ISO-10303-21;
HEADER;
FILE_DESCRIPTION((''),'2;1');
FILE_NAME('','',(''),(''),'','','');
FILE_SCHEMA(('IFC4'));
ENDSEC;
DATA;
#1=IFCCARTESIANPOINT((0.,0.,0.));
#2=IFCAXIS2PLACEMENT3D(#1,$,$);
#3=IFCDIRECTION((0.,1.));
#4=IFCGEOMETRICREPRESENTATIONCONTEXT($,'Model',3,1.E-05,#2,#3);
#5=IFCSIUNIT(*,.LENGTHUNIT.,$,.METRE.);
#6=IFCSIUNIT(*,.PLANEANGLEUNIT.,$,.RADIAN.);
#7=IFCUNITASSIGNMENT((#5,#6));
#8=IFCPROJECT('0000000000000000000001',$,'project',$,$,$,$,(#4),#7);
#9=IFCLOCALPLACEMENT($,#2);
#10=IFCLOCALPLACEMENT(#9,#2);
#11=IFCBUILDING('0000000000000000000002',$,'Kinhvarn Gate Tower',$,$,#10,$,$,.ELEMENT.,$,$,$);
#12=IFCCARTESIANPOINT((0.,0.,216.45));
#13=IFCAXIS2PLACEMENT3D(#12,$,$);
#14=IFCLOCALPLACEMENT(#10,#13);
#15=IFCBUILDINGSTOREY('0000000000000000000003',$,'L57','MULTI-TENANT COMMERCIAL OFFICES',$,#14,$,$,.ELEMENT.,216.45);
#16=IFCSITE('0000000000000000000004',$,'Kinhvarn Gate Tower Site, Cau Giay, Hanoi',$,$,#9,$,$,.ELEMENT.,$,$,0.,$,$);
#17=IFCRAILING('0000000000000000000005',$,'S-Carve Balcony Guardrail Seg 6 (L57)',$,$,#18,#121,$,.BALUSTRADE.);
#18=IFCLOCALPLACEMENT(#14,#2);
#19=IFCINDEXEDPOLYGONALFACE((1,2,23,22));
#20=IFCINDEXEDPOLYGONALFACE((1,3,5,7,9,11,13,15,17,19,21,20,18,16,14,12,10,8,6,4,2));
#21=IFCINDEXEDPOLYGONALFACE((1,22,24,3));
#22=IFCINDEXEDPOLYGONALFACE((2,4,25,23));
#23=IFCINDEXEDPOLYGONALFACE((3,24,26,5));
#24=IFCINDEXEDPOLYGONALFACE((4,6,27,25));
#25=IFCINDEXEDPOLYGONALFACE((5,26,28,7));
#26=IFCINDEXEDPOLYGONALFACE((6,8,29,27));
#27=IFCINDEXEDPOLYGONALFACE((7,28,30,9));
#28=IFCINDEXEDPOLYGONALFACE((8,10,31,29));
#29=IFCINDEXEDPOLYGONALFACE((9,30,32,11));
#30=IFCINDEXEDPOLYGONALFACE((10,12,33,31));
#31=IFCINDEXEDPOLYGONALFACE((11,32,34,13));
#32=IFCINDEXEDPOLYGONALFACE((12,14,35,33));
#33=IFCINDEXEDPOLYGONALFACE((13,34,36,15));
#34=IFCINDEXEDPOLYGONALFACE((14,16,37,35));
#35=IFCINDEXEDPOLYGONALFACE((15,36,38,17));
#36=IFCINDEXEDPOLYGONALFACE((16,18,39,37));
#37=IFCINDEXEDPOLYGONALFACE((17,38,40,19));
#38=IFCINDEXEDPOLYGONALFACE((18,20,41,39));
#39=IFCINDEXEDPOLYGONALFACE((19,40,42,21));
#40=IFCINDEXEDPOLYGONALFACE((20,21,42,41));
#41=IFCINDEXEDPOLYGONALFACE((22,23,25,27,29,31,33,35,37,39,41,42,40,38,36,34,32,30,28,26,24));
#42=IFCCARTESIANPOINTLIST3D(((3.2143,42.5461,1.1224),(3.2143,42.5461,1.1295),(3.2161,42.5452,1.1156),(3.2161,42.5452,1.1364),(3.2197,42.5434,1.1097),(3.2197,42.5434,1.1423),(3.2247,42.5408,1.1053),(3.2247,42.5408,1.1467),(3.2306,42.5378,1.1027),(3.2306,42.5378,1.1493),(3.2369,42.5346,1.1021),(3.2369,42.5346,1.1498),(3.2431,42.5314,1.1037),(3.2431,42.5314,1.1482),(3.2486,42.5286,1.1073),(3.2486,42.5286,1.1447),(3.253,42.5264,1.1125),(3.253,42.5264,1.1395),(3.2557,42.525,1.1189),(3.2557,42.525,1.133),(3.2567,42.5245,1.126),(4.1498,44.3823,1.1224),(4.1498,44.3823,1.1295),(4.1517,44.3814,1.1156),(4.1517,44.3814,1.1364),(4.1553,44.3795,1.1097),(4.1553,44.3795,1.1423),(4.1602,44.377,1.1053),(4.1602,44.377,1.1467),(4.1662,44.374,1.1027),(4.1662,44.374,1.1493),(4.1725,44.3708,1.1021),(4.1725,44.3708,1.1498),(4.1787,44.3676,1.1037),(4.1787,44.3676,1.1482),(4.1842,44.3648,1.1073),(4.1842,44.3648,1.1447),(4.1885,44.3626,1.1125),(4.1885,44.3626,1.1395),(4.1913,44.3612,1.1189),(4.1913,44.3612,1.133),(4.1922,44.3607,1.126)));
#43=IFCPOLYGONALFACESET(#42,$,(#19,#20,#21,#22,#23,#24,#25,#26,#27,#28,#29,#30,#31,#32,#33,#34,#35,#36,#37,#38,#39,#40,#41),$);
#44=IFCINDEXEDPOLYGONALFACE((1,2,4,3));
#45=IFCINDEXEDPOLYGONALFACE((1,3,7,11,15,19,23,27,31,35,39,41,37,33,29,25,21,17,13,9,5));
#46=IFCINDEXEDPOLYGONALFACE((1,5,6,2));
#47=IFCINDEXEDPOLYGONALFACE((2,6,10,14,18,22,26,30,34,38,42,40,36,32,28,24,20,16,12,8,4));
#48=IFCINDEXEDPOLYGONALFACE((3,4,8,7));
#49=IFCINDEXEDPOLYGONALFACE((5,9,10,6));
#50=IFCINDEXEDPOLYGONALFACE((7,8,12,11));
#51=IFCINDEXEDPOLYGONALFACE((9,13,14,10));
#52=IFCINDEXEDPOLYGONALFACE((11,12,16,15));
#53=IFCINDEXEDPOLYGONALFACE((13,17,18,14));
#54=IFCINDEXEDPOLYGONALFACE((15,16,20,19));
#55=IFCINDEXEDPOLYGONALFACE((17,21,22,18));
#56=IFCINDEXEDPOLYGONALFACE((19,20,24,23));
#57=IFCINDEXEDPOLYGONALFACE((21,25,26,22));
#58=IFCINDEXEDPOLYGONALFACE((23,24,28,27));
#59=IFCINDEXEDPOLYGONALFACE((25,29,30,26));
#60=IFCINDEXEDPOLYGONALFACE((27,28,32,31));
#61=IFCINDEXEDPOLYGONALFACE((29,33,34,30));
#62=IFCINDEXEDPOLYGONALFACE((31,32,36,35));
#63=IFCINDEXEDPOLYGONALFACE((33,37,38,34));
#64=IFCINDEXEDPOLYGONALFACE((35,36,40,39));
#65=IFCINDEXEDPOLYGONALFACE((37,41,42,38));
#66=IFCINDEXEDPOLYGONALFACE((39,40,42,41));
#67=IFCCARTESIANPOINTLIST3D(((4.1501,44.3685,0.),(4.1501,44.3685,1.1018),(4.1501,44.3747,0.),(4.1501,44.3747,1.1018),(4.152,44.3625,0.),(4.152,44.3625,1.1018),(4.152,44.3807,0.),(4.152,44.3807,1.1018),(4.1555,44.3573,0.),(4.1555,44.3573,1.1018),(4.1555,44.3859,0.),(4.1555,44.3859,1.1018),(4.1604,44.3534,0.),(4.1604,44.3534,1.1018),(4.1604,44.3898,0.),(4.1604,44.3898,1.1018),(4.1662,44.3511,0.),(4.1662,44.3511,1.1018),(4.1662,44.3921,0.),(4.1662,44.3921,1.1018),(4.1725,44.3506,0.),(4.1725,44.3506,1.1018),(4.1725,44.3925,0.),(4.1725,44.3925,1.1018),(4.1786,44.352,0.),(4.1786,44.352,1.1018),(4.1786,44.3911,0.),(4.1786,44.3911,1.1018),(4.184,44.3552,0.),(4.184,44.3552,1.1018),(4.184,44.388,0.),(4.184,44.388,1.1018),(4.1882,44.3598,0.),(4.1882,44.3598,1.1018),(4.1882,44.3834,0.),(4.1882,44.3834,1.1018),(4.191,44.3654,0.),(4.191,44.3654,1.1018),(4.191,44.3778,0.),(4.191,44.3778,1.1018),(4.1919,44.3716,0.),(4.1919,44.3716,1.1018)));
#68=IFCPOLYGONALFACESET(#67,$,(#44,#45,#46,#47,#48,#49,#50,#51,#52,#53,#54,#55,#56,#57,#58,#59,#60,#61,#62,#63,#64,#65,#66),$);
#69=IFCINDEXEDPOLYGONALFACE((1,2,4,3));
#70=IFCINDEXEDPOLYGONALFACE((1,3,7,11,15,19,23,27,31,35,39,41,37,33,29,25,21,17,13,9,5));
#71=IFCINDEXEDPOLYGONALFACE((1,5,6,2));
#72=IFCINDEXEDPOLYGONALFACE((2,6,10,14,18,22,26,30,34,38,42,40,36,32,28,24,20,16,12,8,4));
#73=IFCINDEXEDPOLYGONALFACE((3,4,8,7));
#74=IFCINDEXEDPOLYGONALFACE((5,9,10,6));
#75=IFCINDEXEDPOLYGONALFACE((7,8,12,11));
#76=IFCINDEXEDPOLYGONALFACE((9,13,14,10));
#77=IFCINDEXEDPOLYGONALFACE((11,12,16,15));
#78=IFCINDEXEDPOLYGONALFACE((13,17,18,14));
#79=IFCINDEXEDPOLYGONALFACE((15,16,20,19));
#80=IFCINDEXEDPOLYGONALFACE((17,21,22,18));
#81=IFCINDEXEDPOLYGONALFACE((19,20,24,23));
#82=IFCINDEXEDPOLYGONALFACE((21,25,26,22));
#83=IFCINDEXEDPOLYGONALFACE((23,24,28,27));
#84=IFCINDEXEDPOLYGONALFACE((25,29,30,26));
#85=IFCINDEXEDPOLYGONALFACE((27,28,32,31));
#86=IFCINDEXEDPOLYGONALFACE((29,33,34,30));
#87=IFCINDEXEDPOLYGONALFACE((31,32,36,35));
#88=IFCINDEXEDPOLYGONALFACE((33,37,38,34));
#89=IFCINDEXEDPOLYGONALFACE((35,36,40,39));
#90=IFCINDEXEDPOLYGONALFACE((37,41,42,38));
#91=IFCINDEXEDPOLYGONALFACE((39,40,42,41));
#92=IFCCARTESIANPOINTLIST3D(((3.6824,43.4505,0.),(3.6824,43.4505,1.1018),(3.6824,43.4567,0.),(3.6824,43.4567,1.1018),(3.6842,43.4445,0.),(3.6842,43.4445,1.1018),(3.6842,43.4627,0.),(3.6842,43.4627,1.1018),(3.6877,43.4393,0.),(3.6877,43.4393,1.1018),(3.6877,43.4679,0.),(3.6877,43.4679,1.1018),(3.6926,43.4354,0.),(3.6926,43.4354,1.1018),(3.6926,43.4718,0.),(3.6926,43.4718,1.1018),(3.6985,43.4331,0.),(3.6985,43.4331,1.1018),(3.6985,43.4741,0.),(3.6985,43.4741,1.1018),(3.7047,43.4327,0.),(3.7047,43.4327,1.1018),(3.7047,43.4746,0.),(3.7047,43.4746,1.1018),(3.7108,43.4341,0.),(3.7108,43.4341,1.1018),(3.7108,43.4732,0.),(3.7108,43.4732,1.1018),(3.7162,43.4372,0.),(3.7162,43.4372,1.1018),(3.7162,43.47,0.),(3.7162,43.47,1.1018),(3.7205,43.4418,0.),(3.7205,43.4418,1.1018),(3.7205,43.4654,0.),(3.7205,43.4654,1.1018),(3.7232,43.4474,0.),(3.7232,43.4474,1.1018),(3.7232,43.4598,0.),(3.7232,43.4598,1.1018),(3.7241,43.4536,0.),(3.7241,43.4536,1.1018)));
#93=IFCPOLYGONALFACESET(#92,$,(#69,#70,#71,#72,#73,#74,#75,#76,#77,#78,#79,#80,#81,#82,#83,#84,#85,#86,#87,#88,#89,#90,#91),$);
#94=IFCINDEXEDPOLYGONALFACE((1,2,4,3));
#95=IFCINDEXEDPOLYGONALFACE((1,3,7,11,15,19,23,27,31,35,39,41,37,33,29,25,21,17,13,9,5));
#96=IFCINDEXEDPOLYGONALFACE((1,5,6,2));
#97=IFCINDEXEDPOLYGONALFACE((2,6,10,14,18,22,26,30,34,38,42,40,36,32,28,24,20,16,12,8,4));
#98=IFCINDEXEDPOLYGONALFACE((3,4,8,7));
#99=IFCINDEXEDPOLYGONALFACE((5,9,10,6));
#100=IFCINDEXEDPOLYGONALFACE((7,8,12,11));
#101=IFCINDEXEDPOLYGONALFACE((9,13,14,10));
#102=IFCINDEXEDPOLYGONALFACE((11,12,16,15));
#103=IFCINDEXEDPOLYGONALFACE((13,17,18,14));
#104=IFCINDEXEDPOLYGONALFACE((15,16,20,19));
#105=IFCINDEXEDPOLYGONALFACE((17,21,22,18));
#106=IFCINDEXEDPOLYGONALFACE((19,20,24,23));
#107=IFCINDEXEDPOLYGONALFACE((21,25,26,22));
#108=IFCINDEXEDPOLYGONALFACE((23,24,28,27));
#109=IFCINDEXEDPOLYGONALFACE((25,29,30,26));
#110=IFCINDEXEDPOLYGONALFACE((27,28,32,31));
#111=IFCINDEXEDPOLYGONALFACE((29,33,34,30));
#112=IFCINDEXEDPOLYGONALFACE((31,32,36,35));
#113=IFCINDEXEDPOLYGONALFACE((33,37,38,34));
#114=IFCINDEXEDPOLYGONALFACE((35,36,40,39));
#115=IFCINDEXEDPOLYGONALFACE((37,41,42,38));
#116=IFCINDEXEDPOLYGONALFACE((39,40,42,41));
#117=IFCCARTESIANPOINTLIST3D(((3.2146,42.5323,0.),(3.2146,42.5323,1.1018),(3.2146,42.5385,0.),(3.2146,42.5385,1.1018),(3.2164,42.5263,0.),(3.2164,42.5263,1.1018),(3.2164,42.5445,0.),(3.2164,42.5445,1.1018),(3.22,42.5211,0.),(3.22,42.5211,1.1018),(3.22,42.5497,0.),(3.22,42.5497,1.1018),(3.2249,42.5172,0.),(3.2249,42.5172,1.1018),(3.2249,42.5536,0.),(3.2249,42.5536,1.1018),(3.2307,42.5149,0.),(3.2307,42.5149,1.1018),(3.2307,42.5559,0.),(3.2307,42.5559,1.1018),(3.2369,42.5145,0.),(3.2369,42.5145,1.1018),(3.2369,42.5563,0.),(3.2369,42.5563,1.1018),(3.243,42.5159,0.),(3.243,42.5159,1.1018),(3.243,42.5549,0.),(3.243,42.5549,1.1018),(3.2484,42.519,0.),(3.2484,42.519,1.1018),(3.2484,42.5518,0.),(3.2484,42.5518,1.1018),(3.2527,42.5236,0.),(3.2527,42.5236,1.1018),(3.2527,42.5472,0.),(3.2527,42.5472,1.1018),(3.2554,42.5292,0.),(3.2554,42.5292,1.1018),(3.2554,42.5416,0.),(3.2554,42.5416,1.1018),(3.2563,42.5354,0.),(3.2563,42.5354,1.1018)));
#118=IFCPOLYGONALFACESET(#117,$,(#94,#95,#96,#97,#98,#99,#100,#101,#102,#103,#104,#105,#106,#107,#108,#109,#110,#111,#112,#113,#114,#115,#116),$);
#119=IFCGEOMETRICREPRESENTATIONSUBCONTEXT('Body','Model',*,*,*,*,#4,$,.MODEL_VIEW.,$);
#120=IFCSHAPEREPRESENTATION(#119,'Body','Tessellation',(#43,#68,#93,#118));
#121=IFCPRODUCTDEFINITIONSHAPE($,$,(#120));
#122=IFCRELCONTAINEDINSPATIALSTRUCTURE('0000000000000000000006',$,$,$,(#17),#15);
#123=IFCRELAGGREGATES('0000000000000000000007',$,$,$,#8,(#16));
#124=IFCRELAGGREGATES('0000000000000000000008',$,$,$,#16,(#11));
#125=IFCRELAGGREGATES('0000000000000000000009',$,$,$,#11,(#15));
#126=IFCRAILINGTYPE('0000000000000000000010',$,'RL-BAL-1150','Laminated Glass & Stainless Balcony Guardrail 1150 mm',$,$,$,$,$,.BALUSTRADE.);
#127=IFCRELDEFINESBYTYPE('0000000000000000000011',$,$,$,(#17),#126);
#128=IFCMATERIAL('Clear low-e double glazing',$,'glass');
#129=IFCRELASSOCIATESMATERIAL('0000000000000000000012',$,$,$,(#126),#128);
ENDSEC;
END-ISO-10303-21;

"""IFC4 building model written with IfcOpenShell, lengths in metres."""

from ifc_helpers import new_model, si_unit, direction, frame, origin, origin_2d, place, context, subcontext, project, spatial, circle, extrude, material, type_object, element, save


model = new_model("IFC4")

# Units and contexts
model_context = context("Model", 3, precision=1e-05, world=origin(), true_north=direction((0.0, 1.0)))
body_context = subcontext(model_context, "Body", "Model", "MODEL_VIEW")
ifc_project = project(units=[si_unit("LENGTHUNIT", "METRE"), si_unit("PLANEANGLEUNIT", "RADIAN")], contexts=[model_context])

# Site, building, storey
site_placement = place(None, origin())
site = spatial("IfcSite", under=ifc_project, at=site_placement, Name="Kinhvarn Gate Tower Site, Cau Giay, Hanoi", CompositionType="ELEMENT", RefElevation=0.0)
building_placement = place(site_placement, origin())
building = spatial("IfcBuilding", under=site, at=building_placement, Name="Kinhvarn Gate Tower", CompositionType="ELEMENT")
storey_placement = place(building_placement, frame((0.0, 0.0, 216.45)))
storey = spatial("IfcBuildingStorey", under=building, at=storey_placement, Name="L57", Description="MULTI-TENANT COMMERCIAL OFFICES", CompositionType="ELEMENT", Elevation=216.45)

# Shared definitions
ifc_material_1 = material(Name="Clear low-e double glazing", Category="glass")

# Railing
railing_type = type_object("IfcRailingType", Name="RL-BAL-1150", Description="Laminated Glass & Stainless Balcony Guardrail 1150 mm", PredefinedType="BALUSTRADE", material=ifc_material_1)
railing_1_placement = place(storey_placement, frame((4.1709, 44.3716, 0.0)))
element("IfcRailing", 1, at=railing_1_placement, inside=storey, type_object=railing_type, Name="S-Carve Balcony Guardrail Seg 6 (L57)", PredefinedType="BALUSTRADE", context=body_context, shape_type="SweptSolid", body=[
    extrude(circle(Radius=0.0239, at=origin_2d()), frame((0.0, 0.0, 1.126), z_axis=(-0.453977, -0.891013, 0.0), x_axis=(0.891013, -0.453977, 0.0)), (0.0, 0.0, 1.0), 2.0608),
    extrude(circle(Radius=0.021, at=origin_2d()), origin(), (0.0, 0.0, 1.0), 1.1018),
    extrude(circle(Radius=0.021, at=origin_2d()), frame((-0.4678, -0.918, 0.0)), (0.0, 0.0, 1.0), 1.1018),
    extrude(circle(Radius=0.021, at=origin_2d()), frame((-0.9355, -1.8362, 0.0)), (0.0, 0.0, 1.0), 1.1018),
])

save(model, "model.ifc")
